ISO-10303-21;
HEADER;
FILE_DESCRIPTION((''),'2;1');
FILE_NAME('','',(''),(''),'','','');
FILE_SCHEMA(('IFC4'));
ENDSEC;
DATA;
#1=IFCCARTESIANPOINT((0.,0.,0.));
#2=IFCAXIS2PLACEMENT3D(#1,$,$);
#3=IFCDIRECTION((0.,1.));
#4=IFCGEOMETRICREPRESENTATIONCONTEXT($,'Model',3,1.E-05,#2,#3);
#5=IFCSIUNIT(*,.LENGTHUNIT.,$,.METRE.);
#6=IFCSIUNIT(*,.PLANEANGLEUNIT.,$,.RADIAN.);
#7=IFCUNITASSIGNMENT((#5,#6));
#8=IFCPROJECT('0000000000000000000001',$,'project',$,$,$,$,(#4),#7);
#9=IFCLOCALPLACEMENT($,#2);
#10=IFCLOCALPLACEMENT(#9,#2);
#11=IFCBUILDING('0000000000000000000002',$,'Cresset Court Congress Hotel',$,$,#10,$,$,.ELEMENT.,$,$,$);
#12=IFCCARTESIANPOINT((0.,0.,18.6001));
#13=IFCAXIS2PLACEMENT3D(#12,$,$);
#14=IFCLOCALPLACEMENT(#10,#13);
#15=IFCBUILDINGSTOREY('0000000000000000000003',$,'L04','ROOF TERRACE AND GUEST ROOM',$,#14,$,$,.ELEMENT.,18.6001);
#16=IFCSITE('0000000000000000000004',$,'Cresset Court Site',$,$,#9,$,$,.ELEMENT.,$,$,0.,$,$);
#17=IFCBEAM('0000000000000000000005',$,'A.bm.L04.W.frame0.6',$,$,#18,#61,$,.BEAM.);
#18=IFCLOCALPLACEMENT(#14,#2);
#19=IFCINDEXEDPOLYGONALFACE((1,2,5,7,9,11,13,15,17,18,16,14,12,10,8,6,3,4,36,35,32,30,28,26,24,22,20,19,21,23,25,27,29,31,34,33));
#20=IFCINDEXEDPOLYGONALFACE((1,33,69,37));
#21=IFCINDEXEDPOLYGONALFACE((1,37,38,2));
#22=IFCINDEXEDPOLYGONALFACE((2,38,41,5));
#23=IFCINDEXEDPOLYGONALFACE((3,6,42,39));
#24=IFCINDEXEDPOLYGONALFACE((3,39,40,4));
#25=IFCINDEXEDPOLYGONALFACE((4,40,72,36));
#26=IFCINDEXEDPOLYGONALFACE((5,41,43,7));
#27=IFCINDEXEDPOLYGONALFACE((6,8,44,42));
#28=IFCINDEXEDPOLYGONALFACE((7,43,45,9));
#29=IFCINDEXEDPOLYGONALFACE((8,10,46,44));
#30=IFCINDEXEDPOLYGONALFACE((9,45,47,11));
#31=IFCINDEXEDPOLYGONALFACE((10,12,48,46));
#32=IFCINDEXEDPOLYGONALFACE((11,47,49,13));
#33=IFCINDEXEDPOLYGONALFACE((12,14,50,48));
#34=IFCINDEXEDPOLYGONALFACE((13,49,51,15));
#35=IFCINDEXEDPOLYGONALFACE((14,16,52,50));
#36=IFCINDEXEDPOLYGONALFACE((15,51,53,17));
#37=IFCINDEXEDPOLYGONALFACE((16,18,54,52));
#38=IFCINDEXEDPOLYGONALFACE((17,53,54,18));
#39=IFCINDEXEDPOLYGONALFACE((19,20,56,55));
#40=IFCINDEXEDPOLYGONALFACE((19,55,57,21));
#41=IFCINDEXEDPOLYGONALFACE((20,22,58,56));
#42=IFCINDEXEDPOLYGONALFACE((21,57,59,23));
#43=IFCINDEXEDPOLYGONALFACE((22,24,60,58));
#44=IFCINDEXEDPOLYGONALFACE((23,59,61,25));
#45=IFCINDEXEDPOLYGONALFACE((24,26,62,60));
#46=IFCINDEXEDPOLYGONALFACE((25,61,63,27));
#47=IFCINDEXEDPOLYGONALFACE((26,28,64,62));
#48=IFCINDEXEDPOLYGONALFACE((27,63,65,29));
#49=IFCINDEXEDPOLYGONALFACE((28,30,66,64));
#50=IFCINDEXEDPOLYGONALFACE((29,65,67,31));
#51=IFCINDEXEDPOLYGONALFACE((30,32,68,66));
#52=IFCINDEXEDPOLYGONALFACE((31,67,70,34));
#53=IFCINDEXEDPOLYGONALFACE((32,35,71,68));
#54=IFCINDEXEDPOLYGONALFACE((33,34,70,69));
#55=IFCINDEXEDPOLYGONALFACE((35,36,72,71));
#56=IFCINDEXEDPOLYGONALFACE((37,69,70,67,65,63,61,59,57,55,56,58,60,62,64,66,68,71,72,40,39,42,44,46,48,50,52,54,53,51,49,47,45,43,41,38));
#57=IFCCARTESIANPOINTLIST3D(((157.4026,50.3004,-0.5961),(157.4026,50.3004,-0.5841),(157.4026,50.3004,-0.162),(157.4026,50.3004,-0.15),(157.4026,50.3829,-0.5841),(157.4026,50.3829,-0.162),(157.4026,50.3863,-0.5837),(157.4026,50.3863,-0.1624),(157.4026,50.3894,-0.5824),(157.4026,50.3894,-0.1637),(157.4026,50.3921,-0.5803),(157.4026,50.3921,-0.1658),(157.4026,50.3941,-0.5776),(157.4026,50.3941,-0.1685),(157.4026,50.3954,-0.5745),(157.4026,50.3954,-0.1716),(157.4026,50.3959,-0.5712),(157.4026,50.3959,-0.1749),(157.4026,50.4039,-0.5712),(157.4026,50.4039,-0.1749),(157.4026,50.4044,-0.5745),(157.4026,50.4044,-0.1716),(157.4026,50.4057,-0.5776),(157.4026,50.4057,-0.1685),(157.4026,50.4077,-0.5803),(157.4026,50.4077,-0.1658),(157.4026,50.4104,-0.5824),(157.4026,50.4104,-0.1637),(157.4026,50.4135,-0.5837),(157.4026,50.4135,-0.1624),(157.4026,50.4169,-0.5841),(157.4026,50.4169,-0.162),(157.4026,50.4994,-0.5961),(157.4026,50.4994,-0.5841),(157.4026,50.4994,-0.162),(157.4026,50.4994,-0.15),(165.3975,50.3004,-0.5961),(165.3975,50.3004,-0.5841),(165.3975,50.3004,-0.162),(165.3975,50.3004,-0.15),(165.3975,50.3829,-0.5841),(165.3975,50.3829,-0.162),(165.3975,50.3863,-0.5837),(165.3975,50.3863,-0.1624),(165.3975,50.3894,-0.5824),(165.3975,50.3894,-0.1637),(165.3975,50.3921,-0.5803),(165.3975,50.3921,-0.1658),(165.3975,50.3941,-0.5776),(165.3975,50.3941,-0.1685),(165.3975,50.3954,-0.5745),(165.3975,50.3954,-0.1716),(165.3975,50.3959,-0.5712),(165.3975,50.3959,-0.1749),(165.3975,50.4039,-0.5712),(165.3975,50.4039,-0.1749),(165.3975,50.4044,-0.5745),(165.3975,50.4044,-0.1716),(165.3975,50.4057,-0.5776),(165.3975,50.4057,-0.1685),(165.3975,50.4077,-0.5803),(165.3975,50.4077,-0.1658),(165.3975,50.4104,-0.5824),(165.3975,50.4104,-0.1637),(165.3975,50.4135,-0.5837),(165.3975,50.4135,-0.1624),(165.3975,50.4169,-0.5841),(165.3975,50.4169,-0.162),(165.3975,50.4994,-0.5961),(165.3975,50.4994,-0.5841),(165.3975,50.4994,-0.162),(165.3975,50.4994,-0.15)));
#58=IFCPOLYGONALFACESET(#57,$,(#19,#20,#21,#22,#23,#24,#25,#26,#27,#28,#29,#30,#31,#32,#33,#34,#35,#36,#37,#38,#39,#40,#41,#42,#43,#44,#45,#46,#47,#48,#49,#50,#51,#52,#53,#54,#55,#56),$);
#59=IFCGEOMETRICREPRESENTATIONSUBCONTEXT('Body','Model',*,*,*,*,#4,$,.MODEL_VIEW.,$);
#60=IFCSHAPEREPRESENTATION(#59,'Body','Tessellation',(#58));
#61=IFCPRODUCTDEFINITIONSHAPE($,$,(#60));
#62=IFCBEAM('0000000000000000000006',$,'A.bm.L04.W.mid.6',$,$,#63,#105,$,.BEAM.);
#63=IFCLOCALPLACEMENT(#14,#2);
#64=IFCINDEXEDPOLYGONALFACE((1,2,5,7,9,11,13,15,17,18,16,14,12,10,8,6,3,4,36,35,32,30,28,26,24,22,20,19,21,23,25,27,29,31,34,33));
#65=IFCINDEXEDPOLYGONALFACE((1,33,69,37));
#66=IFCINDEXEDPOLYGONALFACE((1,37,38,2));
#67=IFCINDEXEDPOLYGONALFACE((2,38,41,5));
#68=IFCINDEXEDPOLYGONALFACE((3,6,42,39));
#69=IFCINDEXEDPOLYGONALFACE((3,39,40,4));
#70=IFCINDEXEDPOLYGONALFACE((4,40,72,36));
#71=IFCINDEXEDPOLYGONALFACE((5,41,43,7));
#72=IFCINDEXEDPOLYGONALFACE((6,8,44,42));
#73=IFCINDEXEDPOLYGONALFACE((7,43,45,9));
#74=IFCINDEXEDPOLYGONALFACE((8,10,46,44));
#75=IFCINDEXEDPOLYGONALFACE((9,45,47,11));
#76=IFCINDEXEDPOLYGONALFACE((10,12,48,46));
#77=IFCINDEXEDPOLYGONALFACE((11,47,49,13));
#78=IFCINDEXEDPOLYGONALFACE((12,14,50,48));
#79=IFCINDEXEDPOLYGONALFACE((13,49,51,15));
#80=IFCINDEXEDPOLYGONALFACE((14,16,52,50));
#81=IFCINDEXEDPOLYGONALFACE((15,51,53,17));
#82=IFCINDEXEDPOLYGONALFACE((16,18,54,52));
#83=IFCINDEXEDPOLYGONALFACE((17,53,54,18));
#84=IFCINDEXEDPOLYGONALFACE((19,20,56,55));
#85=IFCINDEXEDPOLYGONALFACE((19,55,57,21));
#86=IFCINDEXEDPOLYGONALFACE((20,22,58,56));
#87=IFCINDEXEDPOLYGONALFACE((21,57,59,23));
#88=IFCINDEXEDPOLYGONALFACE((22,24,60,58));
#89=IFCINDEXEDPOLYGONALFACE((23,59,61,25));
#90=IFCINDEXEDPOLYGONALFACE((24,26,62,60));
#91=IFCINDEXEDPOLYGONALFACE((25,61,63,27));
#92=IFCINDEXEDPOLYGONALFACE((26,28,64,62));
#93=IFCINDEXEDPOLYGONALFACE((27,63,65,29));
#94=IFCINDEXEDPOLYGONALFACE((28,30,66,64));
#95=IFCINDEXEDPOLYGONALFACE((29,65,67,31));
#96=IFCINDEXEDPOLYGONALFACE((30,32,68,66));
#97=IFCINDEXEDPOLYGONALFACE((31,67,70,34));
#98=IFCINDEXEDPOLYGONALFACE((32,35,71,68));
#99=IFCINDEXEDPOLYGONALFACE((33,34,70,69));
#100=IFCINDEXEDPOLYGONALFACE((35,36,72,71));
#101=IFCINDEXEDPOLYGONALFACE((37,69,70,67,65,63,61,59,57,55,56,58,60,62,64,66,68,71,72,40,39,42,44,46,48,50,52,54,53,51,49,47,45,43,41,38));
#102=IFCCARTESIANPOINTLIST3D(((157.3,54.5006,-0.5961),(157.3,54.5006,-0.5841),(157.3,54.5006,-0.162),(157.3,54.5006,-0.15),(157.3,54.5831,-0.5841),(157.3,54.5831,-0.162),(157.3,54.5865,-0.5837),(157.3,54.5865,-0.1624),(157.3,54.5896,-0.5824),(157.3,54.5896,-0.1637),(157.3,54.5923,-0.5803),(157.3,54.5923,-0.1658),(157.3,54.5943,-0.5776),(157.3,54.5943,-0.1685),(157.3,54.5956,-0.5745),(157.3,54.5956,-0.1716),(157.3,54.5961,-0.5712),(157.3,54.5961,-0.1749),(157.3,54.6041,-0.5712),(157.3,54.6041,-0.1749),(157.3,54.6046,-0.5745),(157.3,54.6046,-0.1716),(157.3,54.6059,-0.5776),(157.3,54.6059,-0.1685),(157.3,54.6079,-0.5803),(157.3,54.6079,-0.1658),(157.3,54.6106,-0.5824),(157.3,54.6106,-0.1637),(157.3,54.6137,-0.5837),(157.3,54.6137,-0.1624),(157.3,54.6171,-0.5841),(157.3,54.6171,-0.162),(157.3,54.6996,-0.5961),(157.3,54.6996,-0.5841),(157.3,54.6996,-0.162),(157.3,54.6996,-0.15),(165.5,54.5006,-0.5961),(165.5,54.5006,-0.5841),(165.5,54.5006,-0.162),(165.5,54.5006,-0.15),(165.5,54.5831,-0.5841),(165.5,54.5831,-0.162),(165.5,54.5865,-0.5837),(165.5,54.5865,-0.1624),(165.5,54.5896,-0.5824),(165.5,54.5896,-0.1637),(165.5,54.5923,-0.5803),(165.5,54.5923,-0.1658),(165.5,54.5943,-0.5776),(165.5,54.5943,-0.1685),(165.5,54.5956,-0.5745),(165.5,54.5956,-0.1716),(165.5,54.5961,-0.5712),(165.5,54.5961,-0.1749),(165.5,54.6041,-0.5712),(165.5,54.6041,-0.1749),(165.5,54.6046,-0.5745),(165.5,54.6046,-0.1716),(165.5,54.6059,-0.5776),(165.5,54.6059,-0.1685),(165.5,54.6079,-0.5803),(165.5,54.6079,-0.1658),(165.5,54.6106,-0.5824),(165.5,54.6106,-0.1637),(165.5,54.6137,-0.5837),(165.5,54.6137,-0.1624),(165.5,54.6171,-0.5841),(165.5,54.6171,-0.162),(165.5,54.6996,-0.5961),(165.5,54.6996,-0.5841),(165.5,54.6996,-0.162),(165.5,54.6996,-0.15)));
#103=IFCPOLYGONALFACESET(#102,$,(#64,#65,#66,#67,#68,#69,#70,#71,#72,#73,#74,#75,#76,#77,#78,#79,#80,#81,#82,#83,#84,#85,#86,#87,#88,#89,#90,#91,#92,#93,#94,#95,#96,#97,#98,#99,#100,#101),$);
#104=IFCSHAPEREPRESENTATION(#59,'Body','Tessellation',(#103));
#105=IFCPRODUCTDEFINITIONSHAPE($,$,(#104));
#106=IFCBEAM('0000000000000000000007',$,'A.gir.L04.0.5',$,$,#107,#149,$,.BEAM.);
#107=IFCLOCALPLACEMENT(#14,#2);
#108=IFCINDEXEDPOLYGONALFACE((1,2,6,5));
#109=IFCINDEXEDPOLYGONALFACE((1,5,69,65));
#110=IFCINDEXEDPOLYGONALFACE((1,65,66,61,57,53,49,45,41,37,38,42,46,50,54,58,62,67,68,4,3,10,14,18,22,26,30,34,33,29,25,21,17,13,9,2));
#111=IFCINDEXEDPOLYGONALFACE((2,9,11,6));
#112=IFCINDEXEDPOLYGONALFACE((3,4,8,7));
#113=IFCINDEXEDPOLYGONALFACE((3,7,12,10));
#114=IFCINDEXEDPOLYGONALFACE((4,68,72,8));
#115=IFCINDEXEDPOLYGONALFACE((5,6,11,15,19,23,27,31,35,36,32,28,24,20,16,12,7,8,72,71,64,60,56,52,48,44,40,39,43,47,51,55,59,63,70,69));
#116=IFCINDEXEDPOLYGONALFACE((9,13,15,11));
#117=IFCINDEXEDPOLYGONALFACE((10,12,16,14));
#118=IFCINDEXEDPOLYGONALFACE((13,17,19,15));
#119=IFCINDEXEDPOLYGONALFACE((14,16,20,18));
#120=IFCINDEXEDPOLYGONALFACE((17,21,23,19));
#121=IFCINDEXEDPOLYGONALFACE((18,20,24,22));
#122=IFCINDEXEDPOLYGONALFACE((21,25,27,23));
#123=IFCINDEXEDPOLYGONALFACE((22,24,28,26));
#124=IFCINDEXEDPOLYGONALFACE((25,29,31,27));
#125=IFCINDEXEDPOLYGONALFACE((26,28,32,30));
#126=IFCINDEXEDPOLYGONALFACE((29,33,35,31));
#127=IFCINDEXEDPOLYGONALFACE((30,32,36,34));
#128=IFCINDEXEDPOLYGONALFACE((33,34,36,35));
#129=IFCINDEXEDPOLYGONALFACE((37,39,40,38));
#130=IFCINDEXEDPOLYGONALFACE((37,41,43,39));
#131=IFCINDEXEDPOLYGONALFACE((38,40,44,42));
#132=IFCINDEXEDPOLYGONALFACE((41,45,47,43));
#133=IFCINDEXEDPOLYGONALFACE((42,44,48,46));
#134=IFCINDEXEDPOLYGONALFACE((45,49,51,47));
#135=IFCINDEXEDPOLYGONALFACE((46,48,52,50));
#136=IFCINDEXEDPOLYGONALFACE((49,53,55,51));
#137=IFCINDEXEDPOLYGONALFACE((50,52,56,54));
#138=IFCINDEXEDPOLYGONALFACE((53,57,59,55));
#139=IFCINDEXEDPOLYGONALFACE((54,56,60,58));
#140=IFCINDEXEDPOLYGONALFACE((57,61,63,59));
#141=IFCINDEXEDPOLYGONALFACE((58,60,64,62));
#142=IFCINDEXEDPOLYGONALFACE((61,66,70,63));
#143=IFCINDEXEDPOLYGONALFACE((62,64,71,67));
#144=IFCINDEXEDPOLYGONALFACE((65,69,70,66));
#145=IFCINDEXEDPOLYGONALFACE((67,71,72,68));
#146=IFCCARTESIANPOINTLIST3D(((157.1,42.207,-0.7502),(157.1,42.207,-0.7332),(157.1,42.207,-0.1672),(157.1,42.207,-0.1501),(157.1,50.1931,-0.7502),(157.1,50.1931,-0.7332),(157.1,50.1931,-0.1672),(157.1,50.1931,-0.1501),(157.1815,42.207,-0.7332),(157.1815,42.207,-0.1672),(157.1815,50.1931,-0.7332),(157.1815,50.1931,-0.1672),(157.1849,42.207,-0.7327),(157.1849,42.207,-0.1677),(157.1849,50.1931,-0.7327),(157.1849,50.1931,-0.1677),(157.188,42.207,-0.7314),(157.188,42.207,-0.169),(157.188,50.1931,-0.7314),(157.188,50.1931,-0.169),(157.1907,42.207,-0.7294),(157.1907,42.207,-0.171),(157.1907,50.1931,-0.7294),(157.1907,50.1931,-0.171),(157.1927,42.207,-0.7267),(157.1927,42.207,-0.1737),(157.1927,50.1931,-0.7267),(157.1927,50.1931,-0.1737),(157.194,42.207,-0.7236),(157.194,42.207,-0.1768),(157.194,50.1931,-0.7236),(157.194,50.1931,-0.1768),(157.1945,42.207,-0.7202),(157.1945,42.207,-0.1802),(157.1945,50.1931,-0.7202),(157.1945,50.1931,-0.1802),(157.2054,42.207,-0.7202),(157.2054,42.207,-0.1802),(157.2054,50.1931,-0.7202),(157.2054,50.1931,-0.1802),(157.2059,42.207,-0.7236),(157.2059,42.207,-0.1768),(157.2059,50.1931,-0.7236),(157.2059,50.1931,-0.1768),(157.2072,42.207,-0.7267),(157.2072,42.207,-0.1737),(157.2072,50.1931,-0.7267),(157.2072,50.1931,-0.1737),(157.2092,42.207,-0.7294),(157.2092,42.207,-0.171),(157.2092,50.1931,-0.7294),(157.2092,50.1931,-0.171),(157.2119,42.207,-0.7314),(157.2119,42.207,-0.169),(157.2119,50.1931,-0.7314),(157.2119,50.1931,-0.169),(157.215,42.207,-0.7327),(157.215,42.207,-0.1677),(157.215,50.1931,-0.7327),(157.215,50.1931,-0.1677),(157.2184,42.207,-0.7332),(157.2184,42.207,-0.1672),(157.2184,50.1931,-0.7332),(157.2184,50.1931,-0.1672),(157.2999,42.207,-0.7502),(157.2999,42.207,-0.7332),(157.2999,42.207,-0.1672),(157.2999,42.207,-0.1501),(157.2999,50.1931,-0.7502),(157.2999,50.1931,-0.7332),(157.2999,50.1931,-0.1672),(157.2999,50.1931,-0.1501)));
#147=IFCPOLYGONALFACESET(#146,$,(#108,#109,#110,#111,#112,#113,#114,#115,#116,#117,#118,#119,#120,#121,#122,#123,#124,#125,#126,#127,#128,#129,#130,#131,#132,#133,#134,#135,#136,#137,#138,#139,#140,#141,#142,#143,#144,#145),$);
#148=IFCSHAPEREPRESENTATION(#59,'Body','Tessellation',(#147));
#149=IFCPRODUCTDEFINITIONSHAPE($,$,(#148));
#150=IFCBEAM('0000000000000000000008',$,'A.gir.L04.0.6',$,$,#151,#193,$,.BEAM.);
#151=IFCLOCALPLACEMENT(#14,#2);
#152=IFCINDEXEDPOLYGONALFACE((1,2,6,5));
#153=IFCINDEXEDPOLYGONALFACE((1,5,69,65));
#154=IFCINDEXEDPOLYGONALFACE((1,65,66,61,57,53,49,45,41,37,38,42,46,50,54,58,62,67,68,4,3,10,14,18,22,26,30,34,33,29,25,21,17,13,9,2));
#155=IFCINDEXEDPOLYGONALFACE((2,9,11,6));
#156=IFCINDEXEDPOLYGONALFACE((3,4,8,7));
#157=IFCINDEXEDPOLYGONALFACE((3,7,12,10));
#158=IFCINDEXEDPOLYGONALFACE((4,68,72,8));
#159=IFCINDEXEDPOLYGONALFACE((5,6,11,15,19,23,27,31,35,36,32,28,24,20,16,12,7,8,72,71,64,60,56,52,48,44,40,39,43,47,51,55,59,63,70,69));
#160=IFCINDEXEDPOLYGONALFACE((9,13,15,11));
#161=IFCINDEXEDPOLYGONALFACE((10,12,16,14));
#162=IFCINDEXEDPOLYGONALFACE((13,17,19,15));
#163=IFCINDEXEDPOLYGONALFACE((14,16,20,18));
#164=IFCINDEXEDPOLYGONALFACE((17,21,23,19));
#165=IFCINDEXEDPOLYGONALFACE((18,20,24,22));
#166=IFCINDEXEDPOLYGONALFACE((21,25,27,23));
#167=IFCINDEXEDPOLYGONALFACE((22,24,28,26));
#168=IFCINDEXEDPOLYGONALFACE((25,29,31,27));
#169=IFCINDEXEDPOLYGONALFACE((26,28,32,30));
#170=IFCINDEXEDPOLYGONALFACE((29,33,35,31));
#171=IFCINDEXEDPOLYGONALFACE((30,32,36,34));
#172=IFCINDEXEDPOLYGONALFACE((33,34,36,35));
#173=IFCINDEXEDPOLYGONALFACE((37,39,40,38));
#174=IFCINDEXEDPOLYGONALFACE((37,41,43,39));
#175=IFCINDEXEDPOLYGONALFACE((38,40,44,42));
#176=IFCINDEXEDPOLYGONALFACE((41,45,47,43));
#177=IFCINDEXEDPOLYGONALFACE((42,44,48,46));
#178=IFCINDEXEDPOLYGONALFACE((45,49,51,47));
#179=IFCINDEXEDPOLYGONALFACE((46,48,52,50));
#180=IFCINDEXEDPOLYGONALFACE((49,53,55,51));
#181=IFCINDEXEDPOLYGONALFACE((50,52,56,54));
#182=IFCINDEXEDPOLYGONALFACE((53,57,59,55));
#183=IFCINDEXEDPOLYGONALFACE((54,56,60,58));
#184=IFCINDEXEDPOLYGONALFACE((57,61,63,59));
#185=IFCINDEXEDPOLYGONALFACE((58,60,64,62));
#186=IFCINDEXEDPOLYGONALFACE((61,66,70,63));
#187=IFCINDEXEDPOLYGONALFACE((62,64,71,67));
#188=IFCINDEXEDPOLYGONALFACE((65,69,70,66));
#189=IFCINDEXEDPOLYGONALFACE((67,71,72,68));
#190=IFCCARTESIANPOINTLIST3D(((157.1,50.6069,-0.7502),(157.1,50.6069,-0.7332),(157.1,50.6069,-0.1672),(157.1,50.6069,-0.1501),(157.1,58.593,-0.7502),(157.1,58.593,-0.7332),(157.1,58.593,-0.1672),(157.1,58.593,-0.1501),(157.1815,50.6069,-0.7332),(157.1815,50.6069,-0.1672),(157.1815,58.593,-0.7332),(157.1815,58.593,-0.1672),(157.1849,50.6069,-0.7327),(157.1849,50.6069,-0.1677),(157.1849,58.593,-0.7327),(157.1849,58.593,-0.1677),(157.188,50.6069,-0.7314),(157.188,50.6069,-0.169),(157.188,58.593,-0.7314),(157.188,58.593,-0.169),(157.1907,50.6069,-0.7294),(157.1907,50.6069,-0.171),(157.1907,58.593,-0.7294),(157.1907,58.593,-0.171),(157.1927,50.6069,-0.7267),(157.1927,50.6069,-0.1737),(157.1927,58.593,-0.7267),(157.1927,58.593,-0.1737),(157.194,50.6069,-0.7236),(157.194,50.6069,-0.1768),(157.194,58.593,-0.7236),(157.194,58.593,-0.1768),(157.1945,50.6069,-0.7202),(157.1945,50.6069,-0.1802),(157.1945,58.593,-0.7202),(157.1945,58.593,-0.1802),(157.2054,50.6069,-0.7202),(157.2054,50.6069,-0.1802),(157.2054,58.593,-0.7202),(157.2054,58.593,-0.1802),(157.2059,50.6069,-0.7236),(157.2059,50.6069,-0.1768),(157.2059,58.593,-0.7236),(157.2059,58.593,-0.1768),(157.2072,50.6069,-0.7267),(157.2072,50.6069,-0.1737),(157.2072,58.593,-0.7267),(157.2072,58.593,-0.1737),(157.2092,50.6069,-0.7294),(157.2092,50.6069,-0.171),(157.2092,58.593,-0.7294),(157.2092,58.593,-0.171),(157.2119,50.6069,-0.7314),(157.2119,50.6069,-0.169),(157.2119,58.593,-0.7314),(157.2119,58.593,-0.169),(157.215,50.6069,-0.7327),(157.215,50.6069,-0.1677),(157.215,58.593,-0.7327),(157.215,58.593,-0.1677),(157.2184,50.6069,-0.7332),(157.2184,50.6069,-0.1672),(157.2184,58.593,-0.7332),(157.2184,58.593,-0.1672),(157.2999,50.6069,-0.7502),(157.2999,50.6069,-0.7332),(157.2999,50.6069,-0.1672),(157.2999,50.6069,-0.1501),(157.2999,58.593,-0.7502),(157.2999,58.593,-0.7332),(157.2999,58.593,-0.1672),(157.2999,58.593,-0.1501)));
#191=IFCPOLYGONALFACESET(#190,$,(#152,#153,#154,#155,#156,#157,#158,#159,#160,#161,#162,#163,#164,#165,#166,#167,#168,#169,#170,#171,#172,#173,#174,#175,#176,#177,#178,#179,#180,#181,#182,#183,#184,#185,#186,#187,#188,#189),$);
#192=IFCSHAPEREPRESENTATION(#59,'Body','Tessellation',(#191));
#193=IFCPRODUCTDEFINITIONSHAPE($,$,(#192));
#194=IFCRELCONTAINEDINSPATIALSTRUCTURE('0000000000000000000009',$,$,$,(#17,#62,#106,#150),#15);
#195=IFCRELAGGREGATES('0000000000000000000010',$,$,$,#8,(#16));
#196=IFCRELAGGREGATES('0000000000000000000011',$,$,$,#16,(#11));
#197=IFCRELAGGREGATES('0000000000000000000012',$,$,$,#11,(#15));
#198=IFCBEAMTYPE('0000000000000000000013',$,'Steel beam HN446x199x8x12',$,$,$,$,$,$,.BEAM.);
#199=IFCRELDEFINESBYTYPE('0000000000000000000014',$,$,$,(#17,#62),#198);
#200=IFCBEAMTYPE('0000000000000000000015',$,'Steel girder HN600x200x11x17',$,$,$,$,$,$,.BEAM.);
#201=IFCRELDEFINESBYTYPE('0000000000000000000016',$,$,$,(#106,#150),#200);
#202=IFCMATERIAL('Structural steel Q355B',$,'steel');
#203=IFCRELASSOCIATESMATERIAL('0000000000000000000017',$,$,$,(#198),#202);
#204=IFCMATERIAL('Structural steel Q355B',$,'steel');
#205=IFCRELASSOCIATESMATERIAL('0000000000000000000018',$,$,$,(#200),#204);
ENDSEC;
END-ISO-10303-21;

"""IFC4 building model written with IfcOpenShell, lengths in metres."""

from ifc_helpers import new_model, si_unit, direction, frame, origin, origin_2d, place, context, subcontext, project, spatial, i_section, extrude, material, material_profile, profile_set, type_object, element, save


model = new_model("IFC4")

# Units and contexts
model_context = context("Model", 3, precision=1e-05, world=origin(), true_north=direction((0.0, 1.0)))
body_context = subcontext(model_context, "Body", "Model", "MODEL_VIEW")
ifc_project = project(units=[si_unit("LENGTHUNIT", "METRE"), si_unit("PLANEANGLEUNIT", "RADIAN")], contexts=[model_context])

# Site, building, storey
site_placement = place(None, origin())
site = spatial("IfcSite", under=ifc_project, at=site_placement, Name="Cresset Court Site", CompositionType="ELEMENT", RefElevation=0.0)
building_placement = place(site_placement, origin())
building = spatial("IfcBuilding", under=site, at=building_placement, Name="Cresset Court Congress Hotel", CompositionType="ELEMENT")
storey_placement = place(building_placement, frame((0.0, 0.0, 18.6001)))
storey = spatial("IfcBuildingStorey", under=building, at=storey_placement, Name="L04", Description="ROOF TERRACE AND GUEST ROOM", CompositionType="ELEMENT", Elevation=18.6001)

# Beams
ifc_material_1 = material(Name="Structural steel Q355B", Category="steel")
ifc_material_profile_1 = material_profile(ifc_material_1, i_section(OverallWidth=0.199, OverallDepth=0.446, WebThickness=0.0081, FlangeThickness=0.012, FilletRadius=0.0129, at=origin_2d()), Name="HN446x199x8x12")
ifc_profile_set_1 = profile_set([ifc_material_profile_1], Name="Structural steel Q355B")
beam_type_1 = type_object("IfcBeamType", Name="Steel beam HN446x199x8x12", PredefinedType="BEAM", material=ifc_profile_set_1)
beam_1_placement = place(storey_placement, frame((157.4026, 50.3999, -0.373), z_axis=(1.0, 0.0, 0.0), x_axis=(0.0, 1.0, 0.0)))
element("IfcBeam", 1, at=beam_1_placement, inside=storey, type_object=beam_type_1, Name="A.bm.L04.W.frame0.6", PredefinedType="BEAM", context=body_context, shape_type="SweptSolid", body=[
    extrude(i_section(OverallWidth=0.199, OverallDepth=0.446, WebThickness=0.0081, FlangeThickness=0.012, FilletRadius=0.0129, at=origin_2d()), origin(), (0.0, 0.0, 1.0), 7.9949),
])
beam_2_placement = place(storey_placement, frame((157.3, 54.6001, -0.373), z_axis=(1.0, 0.0, 0.0), x_axis=(0.0, 1.0, 0.0)))
element("IfcBeam", 2, at=beam_2_placement, inside=storey, type_object=beam_type_1, Name="A.bm.L04.W.mid.6", PredefinedType="BEAM", context=body_context, shape_type="SweptSolid", body=[
    extrude(i_section(OverallWidth=0.199, OverallDepth=0.446, WebThickness=0.0081, FlangeThickness=0.012, FilletRadius=0.0129, at=origin_2d()), origin(), (0.0, 0.0, 1.0), 8.2),
])
ifc_material_2 = material(Name="Structural steel Q355B", Category="steel")
ifc_material_profile_2 = material_profile(ifc_material_2, i_section(OverallWidth=0.2, OverallDepth=0.6001, WebThickness=0.011, FlangeThickness=0.0171, FilletRadius=0.0129, at=origin_2d()), Name="HN600x200x11x17")
ifc_profile_set_2 = profile_set([ifc_material_profile_2], Name="Structural steel Q355B")
beam_type_2 = type_object("IfcBeamType", Name="Steel girder HN600x200x11x17", PredefinedType="BEAM", material=ifc_profile_set_2)
for number, where, z_axis, x_axis, name in (
    (3, (157.2, 42.207, -0.4502), (0.0, 1.0, 0.0), (-1.0, 0.0, 0.0), "A.gir.L04.0.5"),
    (4, (157.2, 50.6069, -0.4502), (0.0, 1.0, 0.0), (-1.0, 0.0, 0.0), "A.gir.L04.0.6"),
):
    element("IfcBeam", number, at=place(storey_placement, frame(where, z_axis=z_axis, x_axis=x_axis)), inside=storey, type_object=beam_type_2, Name=name, PredefinedType="BEAM", context=body_context, shape_type="SweptSolid", body=[
        extrude(i_section(OverallWidth=0.2, OverallDepth=0.6001, WebThickness=0.011, FlangeThickness=0.0171, FilletRadius=0.0129, at=origin_2d()), origin(), (0.0, 0.0, 1.0), 7.9861),
    ])

save(model, "model.ifc")
